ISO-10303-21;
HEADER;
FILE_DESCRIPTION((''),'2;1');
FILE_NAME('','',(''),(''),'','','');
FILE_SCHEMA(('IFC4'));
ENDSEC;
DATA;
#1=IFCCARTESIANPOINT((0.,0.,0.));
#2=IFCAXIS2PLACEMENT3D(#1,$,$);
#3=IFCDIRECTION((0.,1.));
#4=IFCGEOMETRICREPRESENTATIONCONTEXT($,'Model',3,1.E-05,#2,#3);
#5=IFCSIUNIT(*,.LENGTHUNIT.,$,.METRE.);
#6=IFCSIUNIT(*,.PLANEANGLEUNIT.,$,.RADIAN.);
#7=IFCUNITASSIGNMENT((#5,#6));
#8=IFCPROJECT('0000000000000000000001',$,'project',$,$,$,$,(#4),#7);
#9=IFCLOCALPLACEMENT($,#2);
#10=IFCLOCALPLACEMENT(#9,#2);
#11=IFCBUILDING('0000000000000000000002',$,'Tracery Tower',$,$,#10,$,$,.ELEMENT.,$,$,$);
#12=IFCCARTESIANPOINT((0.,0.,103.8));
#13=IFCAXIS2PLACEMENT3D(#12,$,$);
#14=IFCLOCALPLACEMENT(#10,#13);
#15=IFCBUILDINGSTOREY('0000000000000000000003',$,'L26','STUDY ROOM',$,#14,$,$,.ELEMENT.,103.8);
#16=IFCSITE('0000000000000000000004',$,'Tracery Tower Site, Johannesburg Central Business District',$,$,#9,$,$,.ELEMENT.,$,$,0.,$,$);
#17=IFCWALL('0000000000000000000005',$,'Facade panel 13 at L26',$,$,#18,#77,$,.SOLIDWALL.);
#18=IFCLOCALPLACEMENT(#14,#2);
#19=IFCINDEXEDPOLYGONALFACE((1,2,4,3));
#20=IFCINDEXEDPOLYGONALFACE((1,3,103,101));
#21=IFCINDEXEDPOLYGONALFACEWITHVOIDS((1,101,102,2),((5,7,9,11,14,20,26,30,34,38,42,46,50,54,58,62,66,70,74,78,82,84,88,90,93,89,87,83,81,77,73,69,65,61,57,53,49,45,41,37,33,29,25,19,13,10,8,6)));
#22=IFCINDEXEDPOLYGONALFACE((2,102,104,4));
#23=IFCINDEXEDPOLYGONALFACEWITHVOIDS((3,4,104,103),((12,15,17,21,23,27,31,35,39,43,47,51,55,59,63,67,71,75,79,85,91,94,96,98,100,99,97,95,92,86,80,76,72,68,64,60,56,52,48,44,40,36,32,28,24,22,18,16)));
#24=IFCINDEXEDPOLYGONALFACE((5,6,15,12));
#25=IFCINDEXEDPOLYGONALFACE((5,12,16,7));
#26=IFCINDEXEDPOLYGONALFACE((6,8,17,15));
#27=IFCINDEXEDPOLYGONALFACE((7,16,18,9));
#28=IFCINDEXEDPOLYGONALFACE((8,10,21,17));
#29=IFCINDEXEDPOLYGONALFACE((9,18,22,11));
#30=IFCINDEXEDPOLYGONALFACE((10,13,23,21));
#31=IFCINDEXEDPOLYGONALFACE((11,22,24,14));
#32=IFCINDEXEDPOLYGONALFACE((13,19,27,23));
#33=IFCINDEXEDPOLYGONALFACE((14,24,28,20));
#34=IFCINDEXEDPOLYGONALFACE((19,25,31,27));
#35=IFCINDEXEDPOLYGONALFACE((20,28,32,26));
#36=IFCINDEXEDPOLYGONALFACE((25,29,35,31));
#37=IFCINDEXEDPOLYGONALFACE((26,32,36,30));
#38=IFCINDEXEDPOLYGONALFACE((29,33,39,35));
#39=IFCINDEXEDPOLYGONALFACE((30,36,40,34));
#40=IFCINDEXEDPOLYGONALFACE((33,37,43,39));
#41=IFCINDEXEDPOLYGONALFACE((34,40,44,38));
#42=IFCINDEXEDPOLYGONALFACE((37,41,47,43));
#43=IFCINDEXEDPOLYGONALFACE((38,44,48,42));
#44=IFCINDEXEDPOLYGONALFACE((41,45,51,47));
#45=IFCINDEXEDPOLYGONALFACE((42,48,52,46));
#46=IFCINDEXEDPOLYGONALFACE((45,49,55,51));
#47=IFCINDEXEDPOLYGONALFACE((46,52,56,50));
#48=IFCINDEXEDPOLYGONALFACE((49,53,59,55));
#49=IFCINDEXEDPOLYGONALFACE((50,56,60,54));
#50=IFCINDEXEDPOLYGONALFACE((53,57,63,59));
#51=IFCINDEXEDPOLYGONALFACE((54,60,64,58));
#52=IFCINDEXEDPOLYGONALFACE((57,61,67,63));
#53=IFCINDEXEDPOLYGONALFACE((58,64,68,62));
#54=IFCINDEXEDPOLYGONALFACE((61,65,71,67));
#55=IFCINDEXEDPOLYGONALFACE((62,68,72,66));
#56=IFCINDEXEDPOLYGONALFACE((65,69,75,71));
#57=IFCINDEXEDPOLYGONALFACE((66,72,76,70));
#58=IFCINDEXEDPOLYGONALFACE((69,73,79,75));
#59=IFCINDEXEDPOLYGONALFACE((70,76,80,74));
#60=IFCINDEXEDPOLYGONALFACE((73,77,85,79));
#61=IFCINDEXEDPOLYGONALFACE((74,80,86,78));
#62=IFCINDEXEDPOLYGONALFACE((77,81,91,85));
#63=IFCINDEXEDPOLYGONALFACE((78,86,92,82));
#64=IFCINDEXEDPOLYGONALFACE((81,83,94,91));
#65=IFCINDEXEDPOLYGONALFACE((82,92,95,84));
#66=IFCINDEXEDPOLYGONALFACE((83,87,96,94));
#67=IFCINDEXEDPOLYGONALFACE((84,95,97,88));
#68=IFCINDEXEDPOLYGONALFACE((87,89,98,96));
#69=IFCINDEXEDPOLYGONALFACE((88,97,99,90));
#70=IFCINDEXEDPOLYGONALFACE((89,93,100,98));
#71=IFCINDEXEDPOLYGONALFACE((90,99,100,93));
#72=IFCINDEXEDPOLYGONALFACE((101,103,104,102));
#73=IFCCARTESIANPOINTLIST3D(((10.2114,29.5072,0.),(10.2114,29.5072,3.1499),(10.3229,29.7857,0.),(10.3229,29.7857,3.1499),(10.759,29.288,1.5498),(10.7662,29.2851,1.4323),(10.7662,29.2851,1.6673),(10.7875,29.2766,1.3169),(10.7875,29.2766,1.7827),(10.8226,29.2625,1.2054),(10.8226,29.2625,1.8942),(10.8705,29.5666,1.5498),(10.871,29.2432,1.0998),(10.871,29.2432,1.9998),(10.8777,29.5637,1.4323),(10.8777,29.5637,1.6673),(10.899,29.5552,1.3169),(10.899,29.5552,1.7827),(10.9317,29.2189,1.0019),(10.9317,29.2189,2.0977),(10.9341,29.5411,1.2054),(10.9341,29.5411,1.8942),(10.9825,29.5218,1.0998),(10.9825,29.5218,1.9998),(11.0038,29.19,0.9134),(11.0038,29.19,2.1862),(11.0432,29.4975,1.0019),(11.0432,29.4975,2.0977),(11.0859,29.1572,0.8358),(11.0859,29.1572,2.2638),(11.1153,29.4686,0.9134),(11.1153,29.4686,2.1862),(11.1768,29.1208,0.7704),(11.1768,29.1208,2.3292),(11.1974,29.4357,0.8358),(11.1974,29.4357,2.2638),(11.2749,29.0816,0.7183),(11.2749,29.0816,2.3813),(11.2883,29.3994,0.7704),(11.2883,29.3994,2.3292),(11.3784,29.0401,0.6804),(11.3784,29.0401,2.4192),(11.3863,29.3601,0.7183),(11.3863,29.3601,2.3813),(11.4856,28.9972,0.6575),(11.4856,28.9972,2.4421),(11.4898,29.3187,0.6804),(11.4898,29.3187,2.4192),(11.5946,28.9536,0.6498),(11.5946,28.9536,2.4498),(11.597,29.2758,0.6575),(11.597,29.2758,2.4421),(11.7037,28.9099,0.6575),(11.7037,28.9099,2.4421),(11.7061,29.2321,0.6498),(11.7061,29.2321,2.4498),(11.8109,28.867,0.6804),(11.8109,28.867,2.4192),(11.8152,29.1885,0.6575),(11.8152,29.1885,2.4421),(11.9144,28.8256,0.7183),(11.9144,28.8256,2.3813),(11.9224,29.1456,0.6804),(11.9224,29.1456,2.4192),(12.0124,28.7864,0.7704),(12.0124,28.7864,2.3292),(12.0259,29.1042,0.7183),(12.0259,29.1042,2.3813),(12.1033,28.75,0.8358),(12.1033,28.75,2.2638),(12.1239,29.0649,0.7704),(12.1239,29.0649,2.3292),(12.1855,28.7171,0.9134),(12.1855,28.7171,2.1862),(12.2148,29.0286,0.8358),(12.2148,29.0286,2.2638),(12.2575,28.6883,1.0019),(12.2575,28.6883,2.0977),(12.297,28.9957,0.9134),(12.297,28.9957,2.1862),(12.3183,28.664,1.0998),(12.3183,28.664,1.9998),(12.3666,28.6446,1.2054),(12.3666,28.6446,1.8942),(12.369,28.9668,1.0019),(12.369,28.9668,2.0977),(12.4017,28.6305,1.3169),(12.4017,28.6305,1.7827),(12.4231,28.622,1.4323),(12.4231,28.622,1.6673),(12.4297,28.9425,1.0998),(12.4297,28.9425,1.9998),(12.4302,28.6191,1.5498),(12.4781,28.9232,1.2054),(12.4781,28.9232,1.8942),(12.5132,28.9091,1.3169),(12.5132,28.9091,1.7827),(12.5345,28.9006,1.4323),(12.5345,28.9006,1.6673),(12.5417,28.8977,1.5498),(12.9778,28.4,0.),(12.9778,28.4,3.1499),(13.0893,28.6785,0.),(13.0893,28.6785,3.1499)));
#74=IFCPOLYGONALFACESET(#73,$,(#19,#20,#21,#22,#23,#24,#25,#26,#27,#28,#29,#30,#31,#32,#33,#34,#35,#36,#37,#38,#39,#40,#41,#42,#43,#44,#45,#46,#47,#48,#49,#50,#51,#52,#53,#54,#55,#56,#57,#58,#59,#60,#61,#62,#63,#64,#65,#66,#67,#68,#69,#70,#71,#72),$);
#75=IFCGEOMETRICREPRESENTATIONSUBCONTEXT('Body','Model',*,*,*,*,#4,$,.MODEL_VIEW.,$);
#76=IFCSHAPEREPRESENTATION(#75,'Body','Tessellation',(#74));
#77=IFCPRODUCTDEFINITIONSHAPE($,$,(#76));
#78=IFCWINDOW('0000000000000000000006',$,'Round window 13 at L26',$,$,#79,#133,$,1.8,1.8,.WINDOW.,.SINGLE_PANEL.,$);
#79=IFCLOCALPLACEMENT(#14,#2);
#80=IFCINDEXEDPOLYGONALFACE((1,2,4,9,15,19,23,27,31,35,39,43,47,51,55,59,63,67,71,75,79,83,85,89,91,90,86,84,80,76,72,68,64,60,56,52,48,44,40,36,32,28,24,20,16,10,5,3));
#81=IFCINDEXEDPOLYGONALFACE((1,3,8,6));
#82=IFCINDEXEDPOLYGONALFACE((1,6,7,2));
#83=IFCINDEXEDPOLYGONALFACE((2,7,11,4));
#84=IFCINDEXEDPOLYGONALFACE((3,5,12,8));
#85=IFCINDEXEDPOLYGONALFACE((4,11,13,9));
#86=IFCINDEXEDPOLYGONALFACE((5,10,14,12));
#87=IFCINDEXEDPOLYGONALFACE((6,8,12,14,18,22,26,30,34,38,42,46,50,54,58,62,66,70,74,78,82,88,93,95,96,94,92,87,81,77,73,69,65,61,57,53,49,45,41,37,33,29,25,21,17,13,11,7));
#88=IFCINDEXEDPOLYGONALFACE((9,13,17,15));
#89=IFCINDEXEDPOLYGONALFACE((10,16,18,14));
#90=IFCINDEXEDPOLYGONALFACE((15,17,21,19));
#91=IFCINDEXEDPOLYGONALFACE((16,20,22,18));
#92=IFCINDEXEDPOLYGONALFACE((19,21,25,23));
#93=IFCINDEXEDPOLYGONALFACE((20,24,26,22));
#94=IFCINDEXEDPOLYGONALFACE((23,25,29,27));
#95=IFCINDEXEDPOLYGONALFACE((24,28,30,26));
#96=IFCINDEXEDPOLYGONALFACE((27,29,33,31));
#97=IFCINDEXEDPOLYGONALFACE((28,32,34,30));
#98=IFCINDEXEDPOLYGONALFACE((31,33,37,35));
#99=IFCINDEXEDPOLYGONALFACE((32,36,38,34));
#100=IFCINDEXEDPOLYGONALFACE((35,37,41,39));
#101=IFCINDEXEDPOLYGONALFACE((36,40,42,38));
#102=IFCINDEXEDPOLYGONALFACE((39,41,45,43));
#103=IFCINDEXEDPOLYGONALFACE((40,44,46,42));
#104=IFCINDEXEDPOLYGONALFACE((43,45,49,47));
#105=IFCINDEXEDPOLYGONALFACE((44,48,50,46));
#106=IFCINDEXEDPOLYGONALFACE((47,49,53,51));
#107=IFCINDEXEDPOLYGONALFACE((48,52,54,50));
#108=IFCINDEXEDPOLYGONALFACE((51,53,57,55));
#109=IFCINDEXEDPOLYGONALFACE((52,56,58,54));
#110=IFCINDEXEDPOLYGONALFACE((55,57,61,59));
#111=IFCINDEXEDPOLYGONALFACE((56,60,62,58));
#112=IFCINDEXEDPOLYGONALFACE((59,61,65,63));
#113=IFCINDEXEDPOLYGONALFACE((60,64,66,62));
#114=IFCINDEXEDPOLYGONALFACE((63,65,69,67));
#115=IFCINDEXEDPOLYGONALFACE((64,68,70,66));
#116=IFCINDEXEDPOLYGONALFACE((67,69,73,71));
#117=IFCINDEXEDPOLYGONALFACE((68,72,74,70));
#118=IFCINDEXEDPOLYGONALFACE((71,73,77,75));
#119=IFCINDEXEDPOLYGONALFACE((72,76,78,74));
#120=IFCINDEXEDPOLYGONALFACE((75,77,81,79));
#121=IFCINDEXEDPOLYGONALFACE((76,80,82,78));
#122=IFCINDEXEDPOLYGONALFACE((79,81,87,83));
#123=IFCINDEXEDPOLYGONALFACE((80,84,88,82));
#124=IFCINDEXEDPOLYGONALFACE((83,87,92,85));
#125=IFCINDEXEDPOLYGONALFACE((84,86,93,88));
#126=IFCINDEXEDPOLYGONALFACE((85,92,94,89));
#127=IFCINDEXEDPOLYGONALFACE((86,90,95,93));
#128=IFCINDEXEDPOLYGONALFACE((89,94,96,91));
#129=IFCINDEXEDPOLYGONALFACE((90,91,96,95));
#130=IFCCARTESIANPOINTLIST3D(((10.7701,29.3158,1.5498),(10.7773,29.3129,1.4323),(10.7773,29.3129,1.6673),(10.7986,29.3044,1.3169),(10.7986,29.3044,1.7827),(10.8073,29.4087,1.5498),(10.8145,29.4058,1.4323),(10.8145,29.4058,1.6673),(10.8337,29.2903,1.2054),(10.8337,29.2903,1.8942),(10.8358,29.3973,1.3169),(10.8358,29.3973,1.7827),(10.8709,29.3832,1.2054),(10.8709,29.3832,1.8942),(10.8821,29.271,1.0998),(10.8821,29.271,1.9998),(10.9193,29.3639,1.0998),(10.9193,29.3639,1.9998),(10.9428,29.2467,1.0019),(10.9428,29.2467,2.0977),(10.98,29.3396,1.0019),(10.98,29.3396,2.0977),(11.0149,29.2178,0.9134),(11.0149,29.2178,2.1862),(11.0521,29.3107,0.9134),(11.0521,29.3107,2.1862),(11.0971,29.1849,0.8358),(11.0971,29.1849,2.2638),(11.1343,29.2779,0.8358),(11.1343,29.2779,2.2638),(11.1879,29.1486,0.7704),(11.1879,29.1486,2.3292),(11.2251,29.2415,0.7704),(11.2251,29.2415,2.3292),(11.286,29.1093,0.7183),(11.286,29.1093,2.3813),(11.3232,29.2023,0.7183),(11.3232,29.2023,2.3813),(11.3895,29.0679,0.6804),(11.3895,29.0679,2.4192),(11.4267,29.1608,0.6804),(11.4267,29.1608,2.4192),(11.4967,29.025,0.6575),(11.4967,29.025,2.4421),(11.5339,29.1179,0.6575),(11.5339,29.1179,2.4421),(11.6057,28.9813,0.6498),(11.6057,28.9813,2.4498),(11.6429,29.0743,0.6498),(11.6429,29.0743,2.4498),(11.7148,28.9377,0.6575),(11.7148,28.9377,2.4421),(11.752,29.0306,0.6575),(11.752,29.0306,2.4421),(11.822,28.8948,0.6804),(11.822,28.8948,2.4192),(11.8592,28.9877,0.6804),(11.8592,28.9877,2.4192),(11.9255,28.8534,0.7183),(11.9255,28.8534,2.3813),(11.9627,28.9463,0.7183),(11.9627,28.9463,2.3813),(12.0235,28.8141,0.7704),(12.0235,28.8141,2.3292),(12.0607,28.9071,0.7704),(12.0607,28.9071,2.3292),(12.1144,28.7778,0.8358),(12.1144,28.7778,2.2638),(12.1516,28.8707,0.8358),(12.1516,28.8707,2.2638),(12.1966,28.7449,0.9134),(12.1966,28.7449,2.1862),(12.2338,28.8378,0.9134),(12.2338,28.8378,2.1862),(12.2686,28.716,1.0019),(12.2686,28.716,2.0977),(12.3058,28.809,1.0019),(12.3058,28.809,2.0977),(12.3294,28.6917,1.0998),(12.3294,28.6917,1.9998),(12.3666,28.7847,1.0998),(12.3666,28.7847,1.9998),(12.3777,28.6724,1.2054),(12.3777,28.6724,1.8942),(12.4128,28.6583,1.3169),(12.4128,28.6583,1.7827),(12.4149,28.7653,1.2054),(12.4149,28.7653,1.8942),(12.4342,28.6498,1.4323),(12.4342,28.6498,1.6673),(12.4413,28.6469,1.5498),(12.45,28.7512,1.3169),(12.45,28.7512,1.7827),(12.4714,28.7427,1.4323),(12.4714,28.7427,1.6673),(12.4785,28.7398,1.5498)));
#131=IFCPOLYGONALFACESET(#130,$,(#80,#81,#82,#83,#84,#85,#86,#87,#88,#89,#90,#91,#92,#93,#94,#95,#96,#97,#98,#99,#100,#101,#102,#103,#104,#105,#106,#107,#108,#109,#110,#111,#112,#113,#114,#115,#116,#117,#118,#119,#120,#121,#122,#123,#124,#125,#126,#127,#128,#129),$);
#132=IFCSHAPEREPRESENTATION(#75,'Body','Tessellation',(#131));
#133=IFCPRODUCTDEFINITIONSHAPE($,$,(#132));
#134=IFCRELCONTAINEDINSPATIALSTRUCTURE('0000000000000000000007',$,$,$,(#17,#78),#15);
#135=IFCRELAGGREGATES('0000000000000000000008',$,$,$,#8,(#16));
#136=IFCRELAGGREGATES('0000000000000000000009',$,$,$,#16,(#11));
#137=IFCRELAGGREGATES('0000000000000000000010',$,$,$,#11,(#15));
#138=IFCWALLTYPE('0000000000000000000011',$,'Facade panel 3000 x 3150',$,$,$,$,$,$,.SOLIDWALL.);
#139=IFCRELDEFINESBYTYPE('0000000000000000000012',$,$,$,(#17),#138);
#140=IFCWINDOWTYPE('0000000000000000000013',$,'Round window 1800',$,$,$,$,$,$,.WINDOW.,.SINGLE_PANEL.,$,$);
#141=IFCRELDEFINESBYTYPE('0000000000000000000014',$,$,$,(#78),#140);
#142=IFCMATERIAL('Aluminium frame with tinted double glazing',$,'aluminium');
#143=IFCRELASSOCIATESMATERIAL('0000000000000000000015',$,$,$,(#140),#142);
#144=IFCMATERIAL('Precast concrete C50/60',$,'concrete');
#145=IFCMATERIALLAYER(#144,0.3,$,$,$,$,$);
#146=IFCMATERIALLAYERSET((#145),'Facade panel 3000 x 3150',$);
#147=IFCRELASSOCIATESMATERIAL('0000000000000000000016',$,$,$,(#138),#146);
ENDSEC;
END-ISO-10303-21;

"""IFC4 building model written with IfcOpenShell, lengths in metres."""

from ifc_helpers import new_model, si_unit, direction, frame, frame_2d, origin, origin_2d, place, context, subcontext, project, spatial, rectangle, circle, extrude, material, layer, layer_set, type_object, element, fill, save


model = new_model("IFC4")

# Units and contexts
model_context = context("Model", 3, precision=1e-05, world=origin(), true_north=direction((0.0, 1.0)))
body_context = subcontext(model_context, "Body", "Model", "MODEL_VIEW")
ifc_project = project(units=[si_unit("LENGTHUNIT", "METRE"), si_unit("PLANEANGLEUNIT", "RADIAN")], contexts=[model_context])

# Site, building, storey
site_placement = place(None, origin())
site = spatial("IfcSite", under=ifc_project, at=site_placement, Name="Tracery Tower Site, Johannesburg Central Business District", CompositionType="ELEMENT", RefElevation=0.0)
building_placement = place(site_placement, origin())
building = spatial("IfcBuilding", under=site, at=building_placement, Name="Tracery Tower", CompositionType="ELEMENT")
storey_placement = place(building_placement, frame((0.0, 0.0, 103.8)))
storey = spatial("IfcBuildingStorey", under=building, at=storey_placement, Name="L26", Description="STUDY ROOM", CompositionType="ELEMENT", Elevation=103.8)

# Wall, opening, window
ifc_material_1 = material(Name="Aluminium frame with tinted double glazing", Category="aluminium")
window_type = type_object("IfcWindowType", Name="Round window 1800", PartitioningType="SINGLE_PANEL", PredefinedType="WINDOW", material=ifc_material_1)
ifc_material_2 = material(Name="Precast concrete C50/60", Category="concrete")
ifc_layer_1 = layer(ifc_material_2, 0.3)
ifc_layer_set_1 = layer_set([ifc_layer_1], Name="Facade panel 3000 x 3150")
wall_type_1 = type_object("IfcWallType", Name="Facade panel 3000 x 3150", PredefinedType="SOLIDWALL", material=ifc_layer_set_1)
wall_1_placement = place(storey_placement, frame((13.0334, 28.5393, 0.0), z_axis=(0.0, 0.0, 1.0), x_axis=(-0.928403, 0.371574, 0.0)))
wall_1 = element("IfcWall", 1, at=wall_1_placement, inside=storey, type_object=wall_type_1, Name="Facade panel 13 at L26", PredefinedType="SOLIDWALL", context=body_context, shape_type="SweptSolid", body=[
    extrude(rectangle(XDim=2.9797, YDim=0.3, at=frame_2d((1.4897, 0.0))), origin(), (0.0, 0.0, 1.0), 3.1499),
])
opening_1_placement = place(wall_1_placement, frame((1.4897, 0.0, 1.5498)))
opening_1 = element("IfcOpeningElement", 2, at=opening_1_placement, cuts=wall_1, PredefinedType="OPENING", context=body_context, shape_type="SweptSolid", body=[
    extrude(circle(Radius=0.9, at=origin_2d()), frame((0.0, 0.1599, 0.0), z_axis=(0.0, -1.0, 0.0), x_axis=(1.0, 0.0, 0.0)), (0.0, 0.0, 1.0), 0.3201),
])
window_1_placement = place(opening_1_placement, origin())
window_1 = element("IfcWindow", 3, at=window_1_placement, inside=storey, type_object=window_type, Name="Round window 13 at L26", OverallHeight=1.8, OverallWidth=1.8, PartitioningType="SINGLE_PANEL", PredefinedType="WINDOW", context=body_context, shape_type="SweptSolid", body=[
    extrude(circle(Radius=0.9, at=origin_2d()), frame((0.0, 0.1201, 0.0), z_axis=(0.0, -1.0, 0.0), x_axis=(1.0, 0.0, 0.0)), (0.0, 0.0, 1.0), 0.1001),
])
fill(opening_1, window_1)

save(model, "model.ifc")
